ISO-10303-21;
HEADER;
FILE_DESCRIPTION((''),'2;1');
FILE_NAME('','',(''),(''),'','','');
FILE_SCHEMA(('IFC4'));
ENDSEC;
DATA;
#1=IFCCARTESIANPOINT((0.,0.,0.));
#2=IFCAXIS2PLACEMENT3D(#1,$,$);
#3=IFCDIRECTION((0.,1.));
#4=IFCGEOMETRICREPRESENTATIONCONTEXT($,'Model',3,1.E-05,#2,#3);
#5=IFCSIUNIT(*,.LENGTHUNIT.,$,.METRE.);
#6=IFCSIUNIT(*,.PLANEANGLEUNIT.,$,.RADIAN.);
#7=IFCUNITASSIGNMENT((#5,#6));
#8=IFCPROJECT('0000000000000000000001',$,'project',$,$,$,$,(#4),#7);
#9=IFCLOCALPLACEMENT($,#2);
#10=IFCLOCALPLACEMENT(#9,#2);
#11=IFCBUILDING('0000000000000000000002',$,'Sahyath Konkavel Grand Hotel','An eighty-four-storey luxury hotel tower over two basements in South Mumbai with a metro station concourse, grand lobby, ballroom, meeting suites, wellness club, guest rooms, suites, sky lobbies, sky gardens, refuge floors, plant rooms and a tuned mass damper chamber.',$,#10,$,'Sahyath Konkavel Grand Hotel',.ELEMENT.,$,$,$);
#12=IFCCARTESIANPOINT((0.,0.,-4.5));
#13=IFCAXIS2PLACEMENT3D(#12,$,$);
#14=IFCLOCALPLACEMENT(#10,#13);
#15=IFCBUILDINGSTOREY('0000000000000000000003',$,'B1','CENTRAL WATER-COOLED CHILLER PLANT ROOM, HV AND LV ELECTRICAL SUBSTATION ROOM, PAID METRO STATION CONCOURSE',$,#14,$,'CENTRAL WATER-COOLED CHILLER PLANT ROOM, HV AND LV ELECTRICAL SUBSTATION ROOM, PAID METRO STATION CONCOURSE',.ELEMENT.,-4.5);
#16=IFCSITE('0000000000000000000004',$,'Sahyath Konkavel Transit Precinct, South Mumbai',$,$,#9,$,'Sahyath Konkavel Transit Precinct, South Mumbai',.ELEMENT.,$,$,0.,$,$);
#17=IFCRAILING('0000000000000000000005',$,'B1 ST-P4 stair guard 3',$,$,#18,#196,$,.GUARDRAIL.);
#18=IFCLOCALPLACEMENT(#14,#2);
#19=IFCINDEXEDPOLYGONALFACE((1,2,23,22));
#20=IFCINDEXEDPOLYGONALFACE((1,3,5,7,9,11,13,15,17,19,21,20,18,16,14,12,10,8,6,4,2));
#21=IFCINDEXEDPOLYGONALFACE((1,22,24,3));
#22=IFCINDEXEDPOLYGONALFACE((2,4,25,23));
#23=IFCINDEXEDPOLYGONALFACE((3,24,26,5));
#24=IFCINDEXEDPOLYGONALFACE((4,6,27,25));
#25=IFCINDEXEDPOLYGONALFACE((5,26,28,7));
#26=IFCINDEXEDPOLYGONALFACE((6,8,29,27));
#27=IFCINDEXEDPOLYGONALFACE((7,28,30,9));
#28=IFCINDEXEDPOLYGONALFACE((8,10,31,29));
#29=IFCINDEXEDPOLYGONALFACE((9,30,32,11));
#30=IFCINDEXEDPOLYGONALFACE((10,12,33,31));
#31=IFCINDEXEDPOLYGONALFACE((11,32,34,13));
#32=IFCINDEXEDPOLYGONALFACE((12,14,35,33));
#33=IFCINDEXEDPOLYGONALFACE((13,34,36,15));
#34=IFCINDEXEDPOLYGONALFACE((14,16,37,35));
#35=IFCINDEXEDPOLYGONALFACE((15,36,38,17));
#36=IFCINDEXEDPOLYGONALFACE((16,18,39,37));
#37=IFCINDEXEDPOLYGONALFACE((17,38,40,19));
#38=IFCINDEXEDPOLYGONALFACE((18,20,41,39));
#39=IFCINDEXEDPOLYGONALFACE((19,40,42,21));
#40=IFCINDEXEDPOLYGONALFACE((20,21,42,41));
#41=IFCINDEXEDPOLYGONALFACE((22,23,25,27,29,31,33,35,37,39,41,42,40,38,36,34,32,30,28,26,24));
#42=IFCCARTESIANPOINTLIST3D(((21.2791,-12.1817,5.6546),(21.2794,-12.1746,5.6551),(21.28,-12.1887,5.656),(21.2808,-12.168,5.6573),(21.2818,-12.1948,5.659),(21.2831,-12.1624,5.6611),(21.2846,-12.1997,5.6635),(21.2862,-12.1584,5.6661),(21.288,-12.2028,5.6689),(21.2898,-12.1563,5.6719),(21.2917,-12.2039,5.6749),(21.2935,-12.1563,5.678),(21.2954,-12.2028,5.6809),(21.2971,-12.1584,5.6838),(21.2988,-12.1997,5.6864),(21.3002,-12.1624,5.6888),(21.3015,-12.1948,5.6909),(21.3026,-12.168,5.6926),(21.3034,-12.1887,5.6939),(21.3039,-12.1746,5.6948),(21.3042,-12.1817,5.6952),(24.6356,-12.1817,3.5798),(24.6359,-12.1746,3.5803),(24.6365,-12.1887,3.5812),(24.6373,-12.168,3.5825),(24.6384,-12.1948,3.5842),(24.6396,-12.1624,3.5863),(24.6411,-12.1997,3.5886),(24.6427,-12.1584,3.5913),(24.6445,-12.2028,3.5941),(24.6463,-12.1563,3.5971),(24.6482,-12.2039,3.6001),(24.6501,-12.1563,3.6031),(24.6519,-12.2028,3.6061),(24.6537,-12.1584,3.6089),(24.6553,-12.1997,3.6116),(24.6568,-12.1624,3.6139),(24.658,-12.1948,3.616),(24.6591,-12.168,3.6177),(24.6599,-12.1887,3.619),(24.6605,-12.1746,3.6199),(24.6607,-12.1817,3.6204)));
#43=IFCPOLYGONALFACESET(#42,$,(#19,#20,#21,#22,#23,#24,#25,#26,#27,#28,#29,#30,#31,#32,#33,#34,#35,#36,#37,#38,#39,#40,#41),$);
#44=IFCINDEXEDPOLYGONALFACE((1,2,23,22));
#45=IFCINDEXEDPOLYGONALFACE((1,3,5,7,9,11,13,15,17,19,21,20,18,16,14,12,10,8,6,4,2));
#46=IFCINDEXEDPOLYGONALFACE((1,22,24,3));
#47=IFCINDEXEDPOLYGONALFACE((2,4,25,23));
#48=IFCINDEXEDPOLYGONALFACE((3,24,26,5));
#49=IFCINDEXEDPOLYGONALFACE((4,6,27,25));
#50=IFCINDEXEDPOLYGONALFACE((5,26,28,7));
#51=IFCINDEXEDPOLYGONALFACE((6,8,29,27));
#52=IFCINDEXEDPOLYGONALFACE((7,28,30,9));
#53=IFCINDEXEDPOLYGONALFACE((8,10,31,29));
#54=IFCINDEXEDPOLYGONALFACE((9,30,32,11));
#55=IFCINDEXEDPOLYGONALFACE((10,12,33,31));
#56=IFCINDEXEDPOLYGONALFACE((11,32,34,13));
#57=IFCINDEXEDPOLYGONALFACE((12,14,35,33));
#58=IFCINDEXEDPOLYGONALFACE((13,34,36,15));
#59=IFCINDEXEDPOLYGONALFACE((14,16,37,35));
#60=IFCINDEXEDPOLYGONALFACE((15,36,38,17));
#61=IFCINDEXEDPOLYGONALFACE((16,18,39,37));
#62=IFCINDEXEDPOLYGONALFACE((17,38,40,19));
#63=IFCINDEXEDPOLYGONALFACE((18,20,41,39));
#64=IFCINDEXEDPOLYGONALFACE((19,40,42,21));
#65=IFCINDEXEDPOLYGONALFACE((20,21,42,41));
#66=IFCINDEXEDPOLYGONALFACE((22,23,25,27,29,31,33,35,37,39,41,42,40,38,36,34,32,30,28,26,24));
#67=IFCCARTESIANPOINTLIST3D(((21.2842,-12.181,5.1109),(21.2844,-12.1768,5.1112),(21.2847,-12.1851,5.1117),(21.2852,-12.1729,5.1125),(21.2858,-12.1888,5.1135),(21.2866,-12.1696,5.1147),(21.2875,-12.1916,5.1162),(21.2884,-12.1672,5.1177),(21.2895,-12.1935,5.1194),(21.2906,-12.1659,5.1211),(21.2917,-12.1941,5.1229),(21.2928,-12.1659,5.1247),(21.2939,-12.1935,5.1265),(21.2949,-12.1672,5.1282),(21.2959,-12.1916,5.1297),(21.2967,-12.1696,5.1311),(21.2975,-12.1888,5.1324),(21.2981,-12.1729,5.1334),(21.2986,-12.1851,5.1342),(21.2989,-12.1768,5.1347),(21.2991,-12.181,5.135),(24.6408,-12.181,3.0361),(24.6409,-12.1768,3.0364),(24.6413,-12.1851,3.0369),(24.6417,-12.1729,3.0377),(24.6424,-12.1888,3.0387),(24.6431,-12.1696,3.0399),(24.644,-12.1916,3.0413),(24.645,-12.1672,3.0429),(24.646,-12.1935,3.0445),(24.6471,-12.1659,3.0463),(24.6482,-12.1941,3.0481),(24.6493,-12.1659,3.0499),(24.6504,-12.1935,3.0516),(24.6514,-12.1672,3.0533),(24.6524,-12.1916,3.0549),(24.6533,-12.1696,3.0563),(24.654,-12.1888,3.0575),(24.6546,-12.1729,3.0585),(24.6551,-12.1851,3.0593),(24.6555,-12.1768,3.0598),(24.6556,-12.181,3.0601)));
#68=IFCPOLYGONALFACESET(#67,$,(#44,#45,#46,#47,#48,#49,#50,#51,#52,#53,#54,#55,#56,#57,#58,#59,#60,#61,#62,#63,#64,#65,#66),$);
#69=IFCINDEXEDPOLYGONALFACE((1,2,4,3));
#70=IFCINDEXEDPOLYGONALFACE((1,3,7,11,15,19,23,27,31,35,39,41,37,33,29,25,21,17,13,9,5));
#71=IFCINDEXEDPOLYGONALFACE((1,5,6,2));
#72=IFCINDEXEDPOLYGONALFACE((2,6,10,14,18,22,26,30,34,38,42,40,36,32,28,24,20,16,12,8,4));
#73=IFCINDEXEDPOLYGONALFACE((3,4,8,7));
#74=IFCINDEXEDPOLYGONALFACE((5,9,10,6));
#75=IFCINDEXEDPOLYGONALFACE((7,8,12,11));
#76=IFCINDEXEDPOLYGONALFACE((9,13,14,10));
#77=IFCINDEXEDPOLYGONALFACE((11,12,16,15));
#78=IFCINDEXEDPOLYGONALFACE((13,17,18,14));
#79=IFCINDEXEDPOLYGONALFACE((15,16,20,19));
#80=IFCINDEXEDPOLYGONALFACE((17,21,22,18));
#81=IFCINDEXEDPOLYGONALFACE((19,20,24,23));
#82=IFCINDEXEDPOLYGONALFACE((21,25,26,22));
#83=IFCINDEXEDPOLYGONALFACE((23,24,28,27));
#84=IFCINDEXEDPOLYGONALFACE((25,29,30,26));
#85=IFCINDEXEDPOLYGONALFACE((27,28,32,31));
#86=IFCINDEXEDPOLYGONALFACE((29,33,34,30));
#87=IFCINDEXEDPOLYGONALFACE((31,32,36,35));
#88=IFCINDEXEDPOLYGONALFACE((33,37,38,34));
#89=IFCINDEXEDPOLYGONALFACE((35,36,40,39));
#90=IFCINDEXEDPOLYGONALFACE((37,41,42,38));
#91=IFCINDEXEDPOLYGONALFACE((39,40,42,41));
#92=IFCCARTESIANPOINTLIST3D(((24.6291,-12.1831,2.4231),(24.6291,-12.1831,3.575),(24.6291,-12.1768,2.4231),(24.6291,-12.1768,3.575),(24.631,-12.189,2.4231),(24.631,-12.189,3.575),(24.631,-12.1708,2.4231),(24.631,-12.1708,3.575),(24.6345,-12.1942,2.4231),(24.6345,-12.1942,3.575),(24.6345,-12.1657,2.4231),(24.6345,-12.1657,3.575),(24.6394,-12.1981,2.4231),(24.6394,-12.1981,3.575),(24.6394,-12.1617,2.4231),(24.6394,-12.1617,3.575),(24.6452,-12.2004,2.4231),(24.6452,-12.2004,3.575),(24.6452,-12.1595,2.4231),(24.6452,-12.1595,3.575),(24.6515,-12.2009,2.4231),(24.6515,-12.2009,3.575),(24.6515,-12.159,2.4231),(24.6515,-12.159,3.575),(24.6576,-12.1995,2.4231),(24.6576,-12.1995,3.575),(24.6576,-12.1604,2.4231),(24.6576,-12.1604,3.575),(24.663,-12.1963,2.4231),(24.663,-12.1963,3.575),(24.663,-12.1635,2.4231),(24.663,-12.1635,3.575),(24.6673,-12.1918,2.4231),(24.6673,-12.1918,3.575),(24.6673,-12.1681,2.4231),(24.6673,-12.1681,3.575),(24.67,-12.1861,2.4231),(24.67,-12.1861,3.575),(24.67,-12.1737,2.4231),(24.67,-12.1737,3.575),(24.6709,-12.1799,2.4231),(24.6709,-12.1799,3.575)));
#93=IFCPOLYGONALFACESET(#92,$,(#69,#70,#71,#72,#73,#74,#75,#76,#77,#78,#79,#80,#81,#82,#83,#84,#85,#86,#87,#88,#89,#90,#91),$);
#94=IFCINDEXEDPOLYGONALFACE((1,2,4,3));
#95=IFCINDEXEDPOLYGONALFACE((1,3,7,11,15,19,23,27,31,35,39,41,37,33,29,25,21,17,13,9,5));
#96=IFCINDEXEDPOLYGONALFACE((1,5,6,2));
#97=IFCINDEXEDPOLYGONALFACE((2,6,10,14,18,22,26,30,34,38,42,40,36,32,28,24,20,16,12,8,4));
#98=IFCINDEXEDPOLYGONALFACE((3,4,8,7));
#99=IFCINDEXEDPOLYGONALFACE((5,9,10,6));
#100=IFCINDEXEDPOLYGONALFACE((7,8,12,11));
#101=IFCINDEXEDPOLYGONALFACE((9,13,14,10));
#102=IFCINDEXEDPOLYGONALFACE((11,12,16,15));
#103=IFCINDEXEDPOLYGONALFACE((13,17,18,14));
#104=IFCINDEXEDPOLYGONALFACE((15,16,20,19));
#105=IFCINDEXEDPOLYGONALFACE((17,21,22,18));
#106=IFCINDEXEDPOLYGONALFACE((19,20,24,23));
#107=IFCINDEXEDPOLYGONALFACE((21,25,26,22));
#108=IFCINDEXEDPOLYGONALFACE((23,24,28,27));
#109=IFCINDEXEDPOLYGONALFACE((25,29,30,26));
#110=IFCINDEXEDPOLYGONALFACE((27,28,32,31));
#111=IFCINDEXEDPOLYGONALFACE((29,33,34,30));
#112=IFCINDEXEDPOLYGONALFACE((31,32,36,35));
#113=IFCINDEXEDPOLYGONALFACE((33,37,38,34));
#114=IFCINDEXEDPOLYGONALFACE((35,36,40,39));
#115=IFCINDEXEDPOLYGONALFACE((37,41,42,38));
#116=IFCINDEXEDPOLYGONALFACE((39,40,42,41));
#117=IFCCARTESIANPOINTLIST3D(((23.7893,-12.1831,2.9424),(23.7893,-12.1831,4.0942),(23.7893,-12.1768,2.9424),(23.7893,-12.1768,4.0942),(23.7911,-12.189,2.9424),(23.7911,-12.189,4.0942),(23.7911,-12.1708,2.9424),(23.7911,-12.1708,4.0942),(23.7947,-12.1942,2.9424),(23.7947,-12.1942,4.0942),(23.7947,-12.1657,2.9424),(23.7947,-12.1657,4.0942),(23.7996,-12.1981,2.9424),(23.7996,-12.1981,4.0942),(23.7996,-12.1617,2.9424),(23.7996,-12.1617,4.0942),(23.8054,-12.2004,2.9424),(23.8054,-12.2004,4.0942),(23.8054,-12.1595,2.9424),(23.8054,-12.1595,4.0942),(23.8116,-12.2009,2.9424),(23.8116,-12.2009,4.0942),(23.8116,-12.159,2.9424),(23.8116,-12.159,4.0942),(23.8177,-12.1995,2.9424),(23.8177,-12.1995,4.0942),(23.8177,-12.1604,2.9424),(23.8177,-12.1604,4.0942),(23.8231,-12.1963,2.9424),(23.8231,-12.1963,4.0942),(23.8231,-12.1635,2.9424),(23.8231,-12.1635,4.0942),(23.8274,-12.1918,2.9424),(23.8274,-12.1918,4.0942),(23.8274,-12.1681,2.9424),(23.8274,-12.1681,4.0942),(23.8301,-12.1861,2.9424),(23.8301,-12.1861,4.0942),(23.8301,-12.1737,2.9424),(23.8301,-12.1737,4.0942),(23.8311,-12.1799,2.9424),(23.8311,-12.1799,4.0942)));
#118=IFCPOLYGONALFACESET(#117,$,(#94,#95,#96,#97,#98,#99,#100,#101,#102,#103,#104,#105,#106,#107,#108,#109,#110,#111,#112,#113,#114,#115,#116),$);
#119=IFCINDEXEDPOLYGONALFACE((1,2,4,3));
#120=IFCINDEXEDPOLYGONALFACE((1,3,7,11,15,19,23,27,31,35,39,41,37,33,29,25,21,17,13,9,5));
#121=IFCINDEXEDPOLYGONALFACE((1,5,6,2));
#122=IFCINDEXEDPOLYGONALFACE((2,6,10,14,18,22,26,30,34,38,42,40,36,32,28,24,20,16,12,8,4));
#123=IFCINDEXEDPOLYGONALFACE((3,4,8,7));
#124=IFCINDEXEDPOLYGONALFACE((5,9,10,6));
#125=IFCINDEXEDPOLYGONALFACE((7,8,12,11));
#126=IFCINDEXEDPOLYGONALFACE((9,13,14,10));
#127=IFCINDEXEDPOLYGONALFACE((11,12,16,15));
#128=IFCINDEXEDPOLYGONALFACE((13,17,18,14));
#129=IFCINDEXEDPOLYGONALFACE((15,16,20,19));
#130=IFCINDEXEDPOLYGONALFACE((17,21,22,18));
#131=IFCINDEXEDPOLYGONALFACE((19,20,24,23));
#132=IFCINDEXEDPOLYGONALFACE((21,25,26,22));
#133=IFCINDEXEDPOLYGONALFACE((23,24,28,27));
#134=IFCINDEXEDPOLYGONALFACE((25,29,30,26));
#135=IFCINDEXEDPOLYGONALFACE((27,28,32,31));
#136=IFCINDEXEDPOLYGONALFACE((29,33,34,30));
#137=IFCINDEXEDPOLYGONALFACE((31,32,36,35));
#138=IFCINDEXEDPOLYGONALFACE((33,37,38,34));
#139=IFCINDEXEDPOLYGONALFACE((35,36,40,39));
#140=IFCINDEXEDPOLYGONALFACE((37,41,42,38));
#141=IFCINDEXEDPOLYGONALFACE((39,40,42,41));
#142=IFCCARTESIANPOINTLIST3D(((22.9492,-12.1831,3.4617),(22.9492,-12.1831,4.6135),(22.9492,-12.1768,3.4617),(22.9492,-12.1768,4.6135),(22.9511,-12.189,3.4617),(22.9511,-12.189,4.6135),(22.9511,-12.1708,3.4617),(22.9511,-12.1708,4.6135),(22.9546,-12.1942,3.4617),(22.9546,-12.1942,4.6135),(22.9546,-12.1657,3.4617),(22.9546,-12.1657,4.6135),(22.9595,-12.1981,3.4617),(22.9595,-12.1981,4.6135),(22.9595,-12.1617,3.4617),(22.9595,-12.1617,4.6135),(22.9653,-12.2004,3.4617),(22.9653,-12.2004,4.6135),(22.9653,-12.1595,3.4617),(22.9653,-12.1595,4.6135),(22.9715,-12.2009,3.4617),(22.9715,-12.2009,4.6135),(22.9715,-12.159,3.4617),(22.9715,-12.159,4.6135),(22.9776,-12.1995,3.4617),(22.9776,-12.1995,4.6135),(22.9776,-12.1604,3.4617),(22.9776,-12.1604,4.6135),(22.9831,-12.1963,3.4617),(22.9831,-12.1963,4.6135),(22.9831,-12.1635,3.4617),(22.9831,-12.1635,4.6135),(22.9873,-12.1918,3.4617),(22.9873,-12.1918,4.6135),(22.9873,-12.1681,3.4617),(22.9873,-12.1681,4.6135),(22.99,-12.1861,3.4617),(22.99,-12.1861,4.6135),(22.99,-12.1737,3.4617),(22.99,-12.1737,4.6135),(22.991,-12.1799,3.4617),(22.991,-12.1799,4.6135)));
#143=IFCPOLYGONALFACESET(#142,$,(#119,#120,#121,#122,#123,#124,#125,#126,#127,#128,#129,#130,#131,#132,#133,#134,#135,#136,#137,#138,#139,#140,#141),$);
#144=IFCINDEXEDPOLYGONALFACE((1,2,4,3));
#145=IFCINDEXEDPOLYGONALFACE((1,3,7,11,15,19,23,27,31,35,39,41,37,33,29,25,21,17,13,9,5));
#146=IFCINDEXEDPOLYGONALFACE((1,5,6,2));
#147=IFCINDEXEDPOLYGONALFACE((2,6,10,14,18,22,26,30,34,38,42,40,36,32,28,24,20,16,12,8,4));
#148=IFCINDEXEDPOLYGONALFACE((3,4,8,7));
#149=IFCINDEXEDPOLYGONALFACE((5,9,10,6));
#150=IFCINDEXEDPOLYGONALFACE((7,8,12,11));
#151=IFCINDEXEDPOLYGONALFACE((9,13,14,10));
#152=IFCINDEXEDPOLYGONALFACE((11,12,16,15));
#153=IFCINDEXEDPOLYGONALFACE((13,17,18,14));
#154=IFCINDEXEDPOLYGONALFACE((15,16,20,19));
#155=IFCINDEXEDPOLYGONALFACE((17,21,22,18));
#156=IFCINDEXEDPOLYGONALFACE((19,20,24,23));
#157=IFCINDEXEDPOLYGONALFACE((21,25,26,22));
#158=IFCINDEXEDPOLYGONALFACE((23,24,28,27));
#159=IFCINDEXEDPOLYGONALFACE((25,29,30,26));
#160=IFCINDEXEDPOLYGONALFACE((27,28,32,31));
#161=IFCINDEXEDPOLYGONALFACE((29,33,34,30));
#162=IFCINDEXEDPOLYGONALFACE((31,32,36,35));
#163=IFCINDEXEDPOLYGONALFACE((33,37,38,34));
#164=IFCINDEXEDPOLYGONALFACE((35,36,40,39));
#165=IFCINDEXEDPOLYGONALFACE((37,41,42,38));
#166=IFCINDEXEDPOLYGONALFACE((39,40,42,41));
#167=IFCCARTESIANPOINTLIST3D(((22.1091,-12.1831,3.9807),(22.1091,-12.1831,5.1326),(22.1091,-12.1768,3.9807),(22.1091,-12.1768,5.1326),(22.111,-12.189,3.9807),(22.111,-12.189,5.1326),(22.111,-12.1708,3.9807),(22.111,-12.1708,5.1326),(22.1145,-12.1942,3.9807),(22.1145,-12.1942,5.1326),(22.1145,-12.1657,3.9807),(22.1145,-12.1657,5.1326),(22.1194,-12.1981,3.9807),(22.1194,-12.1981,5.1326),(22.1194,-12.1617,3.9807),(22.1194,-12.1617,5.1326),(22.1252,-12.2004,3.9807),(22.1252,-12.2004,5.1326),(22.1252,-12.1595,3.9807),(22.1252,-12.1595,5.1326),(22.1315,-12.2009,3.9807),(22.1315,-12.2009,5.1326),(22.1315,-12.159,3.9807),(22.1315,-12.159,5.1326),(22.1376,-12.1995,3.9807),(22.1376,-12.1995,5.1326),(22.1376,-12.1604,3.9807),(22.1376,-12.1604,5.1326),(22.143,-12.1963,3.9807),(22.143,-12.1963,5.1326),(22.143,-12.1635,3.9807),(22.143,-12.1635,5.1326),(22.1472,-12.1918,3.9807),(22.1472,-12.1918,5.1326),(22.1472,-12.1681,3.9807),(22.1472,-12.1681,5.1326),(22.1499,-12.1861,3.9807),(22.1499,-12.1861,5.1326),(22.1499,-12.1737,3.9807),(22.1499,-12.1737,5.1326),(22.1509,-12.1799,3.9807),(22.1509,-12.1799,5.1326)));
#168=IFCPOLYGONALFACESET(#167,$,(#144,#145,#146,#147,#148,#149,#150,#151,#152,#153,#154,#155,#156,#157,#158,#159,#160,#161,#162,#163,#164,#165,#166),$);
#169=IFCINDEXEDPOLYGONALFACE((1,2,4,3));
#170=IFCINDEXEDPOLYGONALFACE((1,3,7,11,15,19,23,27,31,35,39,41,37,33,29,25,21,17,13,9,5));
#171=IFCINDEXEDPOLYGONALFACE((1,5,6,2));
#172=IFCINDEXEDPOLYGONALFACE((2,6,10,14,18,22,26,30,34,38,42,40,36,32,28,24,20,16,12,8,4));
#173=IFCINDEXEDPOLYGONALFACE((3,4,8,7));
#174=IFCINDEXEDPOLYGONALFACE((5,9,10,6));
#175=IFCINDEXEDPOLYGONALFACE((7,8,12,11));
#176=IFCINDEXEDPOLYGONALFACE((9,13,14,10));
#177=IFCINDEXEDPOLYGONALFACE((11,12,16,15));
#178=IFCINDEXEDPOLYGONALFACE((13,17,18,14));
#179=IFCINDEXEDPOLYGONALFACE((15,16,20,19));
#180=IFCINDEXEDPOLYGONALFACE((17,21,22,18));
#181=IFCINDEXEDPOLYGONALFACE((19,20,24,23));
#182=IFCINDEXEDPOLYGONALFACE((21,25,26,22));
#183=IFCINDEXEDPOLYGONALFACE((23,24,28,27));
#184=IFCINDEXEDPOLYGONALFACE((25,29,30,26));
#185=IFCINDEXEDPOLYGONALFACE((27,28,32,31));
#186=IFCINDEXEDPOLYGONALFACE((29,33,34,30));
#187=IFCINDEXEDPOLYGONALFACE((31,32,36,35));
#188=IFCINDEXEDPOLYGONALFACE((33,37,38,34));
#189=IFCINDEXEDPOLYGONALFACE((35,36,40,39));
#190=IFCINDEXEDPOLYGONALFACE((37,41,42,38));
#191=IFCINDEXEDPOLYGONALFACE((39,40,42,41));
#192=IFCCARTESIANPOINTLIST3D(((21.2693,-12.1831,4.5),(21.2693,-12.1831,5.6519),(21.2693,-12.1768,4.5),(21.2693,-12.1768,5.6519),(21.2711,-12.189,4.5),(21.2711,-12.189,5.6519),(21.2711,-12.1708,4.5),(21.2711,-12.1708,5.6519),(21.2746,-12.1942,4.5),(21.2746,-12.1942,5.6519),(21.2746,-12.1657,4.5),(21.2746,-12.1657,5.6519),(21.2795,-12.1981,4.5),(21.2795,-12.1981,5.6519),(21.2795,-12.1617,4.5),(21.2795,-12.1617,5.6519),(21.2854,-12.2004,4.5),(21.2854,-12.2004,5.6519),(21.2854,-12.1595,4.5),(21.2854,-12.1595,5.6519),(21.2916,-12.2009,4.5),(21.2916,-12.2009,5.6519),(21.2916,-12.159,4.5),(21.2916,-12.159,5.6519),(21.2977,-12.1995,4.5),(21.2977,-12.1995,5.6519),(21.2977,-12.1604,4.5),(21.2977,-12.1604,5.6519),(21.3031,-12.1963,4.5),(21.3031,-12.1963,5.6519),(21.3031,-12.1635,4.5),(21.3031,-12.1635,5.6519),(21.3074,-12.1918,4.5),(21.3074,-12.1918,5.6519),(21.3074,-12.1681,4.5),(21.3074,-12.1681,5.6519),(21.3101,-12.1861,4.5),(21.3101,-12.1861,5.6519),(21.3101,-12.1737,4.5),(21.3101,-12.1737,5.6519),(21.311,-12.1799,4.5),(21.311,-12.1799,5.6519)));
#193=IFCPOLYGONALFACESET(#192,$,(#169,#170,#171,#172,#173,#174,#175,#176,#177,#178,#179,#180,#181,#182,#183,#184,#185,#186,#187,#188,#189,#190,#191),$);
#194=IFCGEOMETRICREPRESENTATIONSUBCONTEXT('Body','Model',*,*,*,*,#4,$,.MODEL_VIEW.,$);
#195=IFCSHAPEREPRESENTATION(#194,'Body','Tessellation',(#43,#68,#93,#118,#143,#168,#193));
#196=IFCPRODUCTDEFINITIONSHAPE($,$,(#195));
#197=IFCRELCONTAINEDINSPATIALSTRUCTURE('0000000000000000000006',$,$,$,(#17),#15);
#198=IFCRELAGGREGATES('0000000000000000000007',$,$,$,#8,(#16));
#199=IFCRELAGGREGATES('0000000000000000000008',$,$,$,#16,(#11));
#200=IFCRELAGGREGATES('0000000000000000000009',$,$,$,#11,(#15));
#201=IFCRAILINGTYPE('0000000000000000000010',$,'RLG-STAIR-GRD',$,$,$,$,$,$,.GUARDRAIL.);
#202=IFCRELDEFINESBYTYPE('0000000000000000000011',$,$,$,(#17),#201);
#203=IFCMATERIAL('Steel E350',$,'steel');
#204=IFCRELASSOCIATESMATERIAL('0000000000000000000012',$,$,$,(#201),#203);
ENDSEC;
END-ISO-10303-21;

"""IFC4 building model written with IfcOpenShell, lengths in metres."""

from ifc_helpers import new_model, si_unit, direction, frame, origin, origin_2d, place, context, subcontext, project, spatial, circle, extrude, material, type_object, element, save


model = new_model("IFC4")

# Units and contexts
model_context = context("Model", 3, precision=1e-05, world=origin(), true_north=direction((0.0, 1.0)))
body_context = subcontext(model_context, "Body", "Model", "MODEL_VIEW")
ifc_project = project(units=[si_unit("LENGTHUNIT", "METRE"), si_unit("PLANEANGLEUNIT", "RADIAN")], contexts=[model_context])

# Site, building, storey
site_placement = place(None, origin())
site = spatial("IfcSite", under=ifc_project, at=site_placement, Name="Sahyath Konkavel Transit Precinct, South Mumbai", LongName="Sahyath Konkavel Transit Precinct, South Mumbai", CompositionType="ELEMENT", RefElevation=0.0)
building_placement = place(site_placement, origin())
building = spatial("IfcBuilding", under=site, at=building_placement, Name="Sahyath Konkavel Grand Hotel", Description="An eighty-four-storey luxury hotel tower over two basements in South Mumbai with a metro station concourse, grand lobby, ballroom, meeting suites, wellness club, guest rooms, suites, sky lobbies, sky gardens, refuge floors, plant rooms and a tuned mass damper chamber.", LongName="Sahyath Konkavel Grand Hotel", CompositionType="ELEMENT")
storey_placement = place(building_placement, frame((0.0, 0.0, -4.5)))
storey = spatial("IfcBuildingStorey", under=building, at=storey_placement, Name="B1", Description="CENTRAL WATER-COOLED CHILLER PLANT ROOM, HV AND LV ELECTRICAL SUBSTATION ROOM, PAID METRO STATION CONCOURSE", LongName="CENTRAL WATER-COOLED CHILLER PLANT ROOM, HV AND LV ELECTRICAL SUBSTATION ROOM, PAID METRO STATION CONCOURSE", CompositionType="ELEMENT", Elevation=-4.5)

# Shared definitions
ifc_material_1 = material(Name="Steel E350", Category="steel")

# Railing
railing_type_1 = type_object("IfcRailingType", Name="RLG-STAIR-GRD", PredefinedType="GUARDRAIL", material=ifc_material_1)
railing_1_placement = place(storey_placement, frame((24.6499, -12.1799, 2.4231)))
element("IfcRailing", 1, at=railing_1_placement, inside=storey, type_object=railing_type_1, Name="B1 ST-P4 stair guard 3", PredefinedType="GUARDRAIL", context=body_context, shape_type="SweptSolid", body=[
    extrude(circle(Radius=0.0239, at=origin_2d()), frame((-0.0017, 0.0, 1.177), z_axis=(-0.850606, 0.0, 0.525803), x_axis=(0.0, -1.0, 0.0)), (0.0, 0.0, 1.0), 3.946),
    extrude(circle(Radius=0.0142, at=origin_2d()), frame((-0.0017, 0.0, 0.625), z_axis=(-0.850606, 0.0, 0.525803), x_axis=(0.0, -1.0, 0.0)), (0.0, 0.0, 1.0), 3.946),
    extrude(circle(Radius=0.021, at=origin_2d()), origin(), (0.0, 0.0, 1.0), 1.1519),
    extrude(circle(Radius=0.021, at=origin_2d()), frame((-0.8398, 0.0, 0.5193)), (0.0, 0.0, 1.0), 1.1519),
    extrude(circle(Radius=0.021, at=origin_2d()), frame((-1.6799, 0.0, 1.0386)), (0.0, 0.0, 1.0), 1.1519),
    extrude(circle(Radius=0.021, at=origin_2d()), frame((-2.52, 0.0, 1.5576)), (0.0, 0.0, 1.0), 1.1519),
    extrude(circle(Radius=0.021, at=origin_2d()), frame((-3.3599, 0.0, 2.0769)), (0.0, 0.0, 1.0), 1.1519),
])

save(model, "model.ifc")
